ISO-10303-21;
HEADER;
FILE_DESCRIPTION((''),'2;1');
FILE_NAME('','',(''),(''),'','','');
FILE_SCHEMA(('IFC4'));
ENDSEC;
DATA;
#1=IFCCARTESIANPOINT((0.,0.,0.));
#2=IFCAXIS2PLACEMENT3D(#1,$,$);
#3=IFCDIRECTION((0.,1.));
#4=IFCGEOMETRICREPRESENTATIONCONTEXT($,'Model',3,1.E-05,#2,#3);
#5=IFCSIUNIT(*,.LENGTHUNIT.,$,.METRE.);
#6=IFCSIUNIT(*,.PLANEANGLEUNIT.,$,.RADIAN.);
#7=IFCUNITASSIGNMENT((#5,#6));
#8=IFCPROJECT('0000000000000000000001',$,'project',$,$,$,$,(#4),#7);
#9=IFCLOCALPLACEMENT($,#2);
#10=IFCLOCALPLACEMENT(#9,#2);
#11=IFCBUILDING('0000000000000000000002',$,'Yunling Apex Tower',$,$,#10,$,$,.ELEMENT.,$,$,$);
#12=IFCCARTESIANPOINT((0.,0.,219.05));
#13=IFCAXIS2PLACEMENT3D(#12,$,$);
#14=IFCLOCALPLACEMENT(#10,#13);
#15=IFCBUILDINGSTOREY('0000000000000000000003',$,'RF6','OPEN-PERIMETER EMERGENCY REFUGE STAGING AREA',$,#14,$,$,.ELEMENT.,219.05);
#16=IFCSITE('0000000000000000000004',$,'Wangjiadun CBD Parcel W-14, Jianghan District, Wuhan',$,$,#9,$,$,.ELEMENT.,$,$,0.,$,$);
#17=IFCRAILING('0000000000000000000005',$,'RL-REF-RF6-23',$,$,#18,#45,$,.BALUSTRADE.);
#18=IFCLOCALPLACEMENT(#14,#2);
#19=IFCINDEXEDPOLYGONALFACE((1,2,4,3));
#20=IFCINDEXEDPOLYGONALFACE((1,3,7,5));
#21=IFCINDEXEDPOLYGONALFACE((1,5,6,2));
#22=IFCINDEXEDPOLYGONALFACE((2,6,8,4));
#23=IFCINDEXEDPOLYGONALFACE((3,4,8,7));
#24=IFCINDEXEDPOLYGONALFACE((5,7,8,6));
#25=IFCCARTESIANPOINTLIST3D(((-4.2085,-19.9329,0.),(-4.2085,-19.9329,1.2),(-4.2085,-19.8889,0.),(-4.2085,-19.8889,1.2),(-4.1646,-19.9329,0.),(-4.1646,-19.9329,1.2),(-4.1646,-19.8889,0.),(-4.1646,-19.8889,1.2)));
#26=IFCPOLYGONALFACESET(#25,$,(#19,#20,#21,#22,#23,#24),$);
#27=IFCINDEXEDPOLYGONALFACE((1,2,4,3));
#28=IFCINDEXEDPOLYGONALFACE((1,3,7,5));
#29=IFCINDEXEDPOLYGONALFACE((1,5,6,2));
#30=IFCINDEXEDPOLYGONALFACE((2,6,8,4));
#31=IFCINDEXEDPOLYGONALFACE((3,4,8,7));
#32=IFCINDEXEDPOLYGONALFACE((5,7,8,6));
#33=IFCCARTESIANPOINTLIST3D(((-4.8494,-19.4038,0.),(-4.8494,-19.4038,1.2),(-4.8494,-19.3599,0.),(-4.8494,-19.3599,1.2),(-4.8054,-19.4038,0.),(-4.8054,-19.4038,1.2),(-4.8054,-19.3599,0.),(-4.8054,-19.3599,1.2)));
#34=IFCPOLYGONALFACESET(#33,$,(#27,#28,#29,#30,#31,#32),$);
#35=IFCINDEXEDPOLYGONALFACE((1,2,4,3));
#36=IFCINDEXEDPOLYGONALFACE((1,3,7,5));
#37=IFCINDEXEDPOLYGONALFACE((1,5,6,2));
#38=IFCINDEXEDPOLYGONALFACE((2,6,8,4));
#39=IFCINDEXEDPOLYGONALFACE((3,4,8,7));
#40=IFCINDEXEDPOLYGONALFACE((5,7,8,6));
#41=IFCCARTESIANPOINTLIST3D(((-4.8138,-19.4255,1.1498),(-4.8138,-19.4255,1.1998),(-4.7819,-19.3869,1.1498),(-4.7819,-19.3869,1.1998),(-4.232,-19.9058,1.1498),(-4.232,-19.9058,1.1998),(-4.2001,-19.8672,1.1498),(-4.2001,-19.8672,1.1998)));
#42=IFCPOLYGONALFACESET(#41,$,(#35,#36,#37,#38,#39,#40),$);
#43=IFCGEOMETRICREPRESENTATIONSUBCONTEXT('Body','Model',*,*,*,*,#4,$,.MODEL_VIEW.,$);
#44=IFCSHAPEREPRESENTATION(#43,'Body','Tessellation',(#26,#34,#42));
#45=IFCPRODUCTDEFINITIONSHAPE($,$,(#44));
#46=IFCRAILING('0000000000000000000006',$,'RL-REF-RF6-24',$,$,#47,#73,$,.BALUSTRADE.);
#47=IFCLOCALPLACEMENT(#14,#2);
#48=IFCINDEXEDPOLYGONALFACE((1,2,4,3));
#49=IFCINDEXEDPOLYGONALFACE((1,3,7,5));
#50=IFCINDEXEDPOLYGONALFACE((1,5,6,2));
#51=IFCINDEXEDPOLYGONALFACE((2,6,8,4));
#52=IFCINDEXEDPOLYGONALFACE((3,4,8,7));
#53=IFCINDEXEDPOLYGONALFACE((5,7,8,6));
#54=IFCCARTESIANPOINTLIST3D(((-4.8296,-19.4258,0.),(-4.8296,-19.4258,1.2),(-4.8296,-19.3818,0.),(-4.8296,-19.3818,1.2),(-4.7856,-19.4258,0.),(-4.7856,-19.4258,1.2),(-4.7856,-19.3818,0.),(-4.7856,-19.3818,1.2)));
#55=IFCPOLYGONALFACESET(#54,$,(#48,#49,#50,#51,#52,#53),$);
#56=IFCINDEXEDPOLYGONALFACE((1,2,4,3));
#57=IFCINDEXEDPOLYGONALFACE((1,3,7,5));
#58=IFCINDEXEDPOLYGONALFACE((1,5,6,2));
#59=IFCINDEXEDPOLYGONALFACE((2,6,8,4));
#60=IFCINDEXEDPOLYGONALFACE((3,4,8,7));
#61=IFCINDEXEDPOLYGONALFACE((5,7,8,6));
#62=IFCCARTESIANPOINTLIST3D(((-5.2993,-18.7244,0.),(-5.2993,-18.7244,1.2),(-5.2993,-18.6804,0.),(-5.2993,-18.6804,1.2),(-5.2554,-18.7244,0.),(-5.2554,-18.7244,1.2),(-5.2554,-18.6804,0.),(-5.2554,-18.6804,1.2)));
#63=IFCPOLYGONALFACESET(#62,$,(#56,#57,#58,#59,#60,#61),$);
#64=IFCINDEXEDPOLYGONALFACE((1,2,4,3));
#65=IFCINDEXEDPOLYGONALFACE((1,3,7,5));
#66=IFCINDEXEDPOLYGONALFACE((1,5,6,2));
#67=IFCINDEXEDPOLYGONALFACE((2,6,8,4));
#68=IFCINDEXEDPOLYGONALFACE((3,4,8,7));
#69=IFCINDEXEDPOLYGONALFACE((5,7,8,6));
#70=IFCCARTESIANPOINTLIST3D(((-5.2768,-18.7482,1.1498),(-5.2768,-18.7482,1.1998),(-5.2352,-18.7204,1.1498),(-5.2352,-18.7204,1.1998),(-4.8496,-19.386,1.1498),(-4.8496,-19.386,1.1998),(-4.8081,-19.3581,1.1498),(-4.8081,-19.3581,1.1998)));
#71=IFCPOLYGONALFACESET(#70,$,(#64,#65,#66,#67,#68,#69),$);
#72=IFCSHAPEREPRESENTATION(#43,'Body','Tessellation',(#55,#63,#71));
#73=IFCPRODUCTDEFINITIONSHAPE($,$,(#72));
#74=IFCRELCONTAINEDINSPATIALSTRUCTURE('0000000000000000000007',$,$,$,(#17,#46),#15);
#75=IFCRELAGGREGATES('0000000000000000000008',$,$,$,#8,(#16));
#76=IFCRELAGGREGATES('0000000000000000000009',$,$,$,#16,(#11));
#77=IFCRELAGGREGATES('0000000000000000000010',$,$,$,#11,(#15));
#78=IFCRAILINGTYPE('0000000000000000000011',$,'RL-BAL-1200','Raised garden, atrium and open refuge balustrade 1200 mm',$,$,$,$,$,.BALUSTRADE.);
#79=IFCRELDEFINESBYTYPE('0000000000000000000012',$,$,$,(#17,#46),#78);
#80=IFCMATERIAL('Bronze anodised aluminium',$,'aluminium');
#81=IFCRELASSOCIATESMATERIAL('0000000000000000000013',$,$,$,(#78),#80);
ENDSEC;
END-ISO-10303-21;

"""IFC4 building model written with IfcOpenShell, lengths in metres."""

from ifc_helpers import new_model, si_unit, direction, frame, origin, origin_2d, place, context, subcontext, project, spatial, rectangle, extrude, material, type_object, element, save


model = new_model("IFC4")

# Units and contexts
model_context = context("Model", 3, precision=1e-05, world=origin(), true_north=direction((0.0, 1.0)))
body_context = subcontext(model_context, "Body", "Model", "MODEL_VIEW")
ifc_project = project(units=[si_unit("LENGTHUNIT", "METRE"), si_unit("PLANEANGLEUNIT", "RADIAN")], contexts=[model_context])

# Site, building, storey
site_placement = place(None, origin())
site = spatial("IfcSite", under=ifc_project, at=site_placement, Name="Wangjiadun CBD Parcel W-14, Jianghan District, Wuhan", CompositionType="ELEMENT", RefElevation=0.0)
building_placement = place(site_placement, origin())
building = spatial("IfcBuilding", under=site, at=building_placement, Name="Yunling Apex Tower", CompositionType="ELEMENT")
storey_placement = place(building_placement, frame((0.0, 0.0, 219.05)))
storey = spatial("IfcBuildingStorey", under=building, at=storey_placement, Name="RF6", Description="OPEN-PERIMETER EMERGENCY REFUGE STAGING AREA", CompositionType="ELEMENT", Elevation=219.05)

# Railings
ifc_material_1 = material(Name="Bronze anodised aluminium", Category="aluminium")
railing_type = type_object("IfcRailingType", Name="RL-BAL-1200", Description="Raised garden, atrium and open refuge balustrade 1200 mm", PredefinedType="BALUSTRADE", material=ifc_material_1)
railing_1_placement = place(storey_placement, frame((-4.1865, -19.9109, 0.0)))
element("IfcRailing", 1, at=railing_1_placement, inside=storey, type_object=railing_type, Name="RL-REF-RF6-23", PredefinedType="BALUSTRADE", context=body_context, shape_type="SweptSolid", body=[
    extrude(rectangle(XDim=0.0439, YDim=0.0439, at=origin_2d()), origin(), (0.0, 0.0, 1.0), 1.2),
    extrude(rectangle(XDim=0.0439, YDim=0.0439, at=origin_2d()), frame((-0.6409, 0.5291, 0.0)), (0.0, 0.0, 1.0), 1.2),
    extrude(rectangle(XDim=0.05, YDim=0.05, at=origin_2d()), frame((-0.0295, 0.0244, 1.1748), z_axis=(-0.771175, 0.636623, 0.0), x_axis=(-0.636623, -0.771175, 0.0)), (0.0, 0.0, 1.0), 0.7544),
])
railing_2_placement = place(storey_placement, frame((-4.8076, -19.4038, 0.0)))
element("IfcRailing", 2, at=railing_2_placement, inside=storey, type_object=railing_type, Name="RL-REF-RF6-24", PredefinedType="BALUSTRADE", context=body_context, shape_type="SweptSolid", body=[
    extrude(rectangle(XDim=0.0439, YDim=0.0439, at=origin_2d()), origin(), (0.0, 0.0, 1.0), 1.2),
    extrude(rectangle(XDim=0.0439, YDim=0.0439, at=origin_2d()), frame((-0.4697, 0.7014, 0.0)), (0.0, 0.0, 1.0), 1.2),
    extrude(rectangle(XDim=0.05, YDim=0.05, at=origin_2d()), frame((-0.0212, 0.0317, 1.1748), z_axis=(-0.556434, 0.830892, 0.0), x_axis=(-0.830892, -0.556434, 0.0)), (0.0, 0.0, 1.0), 0.7676),
])

save(model, "model.ifc")
